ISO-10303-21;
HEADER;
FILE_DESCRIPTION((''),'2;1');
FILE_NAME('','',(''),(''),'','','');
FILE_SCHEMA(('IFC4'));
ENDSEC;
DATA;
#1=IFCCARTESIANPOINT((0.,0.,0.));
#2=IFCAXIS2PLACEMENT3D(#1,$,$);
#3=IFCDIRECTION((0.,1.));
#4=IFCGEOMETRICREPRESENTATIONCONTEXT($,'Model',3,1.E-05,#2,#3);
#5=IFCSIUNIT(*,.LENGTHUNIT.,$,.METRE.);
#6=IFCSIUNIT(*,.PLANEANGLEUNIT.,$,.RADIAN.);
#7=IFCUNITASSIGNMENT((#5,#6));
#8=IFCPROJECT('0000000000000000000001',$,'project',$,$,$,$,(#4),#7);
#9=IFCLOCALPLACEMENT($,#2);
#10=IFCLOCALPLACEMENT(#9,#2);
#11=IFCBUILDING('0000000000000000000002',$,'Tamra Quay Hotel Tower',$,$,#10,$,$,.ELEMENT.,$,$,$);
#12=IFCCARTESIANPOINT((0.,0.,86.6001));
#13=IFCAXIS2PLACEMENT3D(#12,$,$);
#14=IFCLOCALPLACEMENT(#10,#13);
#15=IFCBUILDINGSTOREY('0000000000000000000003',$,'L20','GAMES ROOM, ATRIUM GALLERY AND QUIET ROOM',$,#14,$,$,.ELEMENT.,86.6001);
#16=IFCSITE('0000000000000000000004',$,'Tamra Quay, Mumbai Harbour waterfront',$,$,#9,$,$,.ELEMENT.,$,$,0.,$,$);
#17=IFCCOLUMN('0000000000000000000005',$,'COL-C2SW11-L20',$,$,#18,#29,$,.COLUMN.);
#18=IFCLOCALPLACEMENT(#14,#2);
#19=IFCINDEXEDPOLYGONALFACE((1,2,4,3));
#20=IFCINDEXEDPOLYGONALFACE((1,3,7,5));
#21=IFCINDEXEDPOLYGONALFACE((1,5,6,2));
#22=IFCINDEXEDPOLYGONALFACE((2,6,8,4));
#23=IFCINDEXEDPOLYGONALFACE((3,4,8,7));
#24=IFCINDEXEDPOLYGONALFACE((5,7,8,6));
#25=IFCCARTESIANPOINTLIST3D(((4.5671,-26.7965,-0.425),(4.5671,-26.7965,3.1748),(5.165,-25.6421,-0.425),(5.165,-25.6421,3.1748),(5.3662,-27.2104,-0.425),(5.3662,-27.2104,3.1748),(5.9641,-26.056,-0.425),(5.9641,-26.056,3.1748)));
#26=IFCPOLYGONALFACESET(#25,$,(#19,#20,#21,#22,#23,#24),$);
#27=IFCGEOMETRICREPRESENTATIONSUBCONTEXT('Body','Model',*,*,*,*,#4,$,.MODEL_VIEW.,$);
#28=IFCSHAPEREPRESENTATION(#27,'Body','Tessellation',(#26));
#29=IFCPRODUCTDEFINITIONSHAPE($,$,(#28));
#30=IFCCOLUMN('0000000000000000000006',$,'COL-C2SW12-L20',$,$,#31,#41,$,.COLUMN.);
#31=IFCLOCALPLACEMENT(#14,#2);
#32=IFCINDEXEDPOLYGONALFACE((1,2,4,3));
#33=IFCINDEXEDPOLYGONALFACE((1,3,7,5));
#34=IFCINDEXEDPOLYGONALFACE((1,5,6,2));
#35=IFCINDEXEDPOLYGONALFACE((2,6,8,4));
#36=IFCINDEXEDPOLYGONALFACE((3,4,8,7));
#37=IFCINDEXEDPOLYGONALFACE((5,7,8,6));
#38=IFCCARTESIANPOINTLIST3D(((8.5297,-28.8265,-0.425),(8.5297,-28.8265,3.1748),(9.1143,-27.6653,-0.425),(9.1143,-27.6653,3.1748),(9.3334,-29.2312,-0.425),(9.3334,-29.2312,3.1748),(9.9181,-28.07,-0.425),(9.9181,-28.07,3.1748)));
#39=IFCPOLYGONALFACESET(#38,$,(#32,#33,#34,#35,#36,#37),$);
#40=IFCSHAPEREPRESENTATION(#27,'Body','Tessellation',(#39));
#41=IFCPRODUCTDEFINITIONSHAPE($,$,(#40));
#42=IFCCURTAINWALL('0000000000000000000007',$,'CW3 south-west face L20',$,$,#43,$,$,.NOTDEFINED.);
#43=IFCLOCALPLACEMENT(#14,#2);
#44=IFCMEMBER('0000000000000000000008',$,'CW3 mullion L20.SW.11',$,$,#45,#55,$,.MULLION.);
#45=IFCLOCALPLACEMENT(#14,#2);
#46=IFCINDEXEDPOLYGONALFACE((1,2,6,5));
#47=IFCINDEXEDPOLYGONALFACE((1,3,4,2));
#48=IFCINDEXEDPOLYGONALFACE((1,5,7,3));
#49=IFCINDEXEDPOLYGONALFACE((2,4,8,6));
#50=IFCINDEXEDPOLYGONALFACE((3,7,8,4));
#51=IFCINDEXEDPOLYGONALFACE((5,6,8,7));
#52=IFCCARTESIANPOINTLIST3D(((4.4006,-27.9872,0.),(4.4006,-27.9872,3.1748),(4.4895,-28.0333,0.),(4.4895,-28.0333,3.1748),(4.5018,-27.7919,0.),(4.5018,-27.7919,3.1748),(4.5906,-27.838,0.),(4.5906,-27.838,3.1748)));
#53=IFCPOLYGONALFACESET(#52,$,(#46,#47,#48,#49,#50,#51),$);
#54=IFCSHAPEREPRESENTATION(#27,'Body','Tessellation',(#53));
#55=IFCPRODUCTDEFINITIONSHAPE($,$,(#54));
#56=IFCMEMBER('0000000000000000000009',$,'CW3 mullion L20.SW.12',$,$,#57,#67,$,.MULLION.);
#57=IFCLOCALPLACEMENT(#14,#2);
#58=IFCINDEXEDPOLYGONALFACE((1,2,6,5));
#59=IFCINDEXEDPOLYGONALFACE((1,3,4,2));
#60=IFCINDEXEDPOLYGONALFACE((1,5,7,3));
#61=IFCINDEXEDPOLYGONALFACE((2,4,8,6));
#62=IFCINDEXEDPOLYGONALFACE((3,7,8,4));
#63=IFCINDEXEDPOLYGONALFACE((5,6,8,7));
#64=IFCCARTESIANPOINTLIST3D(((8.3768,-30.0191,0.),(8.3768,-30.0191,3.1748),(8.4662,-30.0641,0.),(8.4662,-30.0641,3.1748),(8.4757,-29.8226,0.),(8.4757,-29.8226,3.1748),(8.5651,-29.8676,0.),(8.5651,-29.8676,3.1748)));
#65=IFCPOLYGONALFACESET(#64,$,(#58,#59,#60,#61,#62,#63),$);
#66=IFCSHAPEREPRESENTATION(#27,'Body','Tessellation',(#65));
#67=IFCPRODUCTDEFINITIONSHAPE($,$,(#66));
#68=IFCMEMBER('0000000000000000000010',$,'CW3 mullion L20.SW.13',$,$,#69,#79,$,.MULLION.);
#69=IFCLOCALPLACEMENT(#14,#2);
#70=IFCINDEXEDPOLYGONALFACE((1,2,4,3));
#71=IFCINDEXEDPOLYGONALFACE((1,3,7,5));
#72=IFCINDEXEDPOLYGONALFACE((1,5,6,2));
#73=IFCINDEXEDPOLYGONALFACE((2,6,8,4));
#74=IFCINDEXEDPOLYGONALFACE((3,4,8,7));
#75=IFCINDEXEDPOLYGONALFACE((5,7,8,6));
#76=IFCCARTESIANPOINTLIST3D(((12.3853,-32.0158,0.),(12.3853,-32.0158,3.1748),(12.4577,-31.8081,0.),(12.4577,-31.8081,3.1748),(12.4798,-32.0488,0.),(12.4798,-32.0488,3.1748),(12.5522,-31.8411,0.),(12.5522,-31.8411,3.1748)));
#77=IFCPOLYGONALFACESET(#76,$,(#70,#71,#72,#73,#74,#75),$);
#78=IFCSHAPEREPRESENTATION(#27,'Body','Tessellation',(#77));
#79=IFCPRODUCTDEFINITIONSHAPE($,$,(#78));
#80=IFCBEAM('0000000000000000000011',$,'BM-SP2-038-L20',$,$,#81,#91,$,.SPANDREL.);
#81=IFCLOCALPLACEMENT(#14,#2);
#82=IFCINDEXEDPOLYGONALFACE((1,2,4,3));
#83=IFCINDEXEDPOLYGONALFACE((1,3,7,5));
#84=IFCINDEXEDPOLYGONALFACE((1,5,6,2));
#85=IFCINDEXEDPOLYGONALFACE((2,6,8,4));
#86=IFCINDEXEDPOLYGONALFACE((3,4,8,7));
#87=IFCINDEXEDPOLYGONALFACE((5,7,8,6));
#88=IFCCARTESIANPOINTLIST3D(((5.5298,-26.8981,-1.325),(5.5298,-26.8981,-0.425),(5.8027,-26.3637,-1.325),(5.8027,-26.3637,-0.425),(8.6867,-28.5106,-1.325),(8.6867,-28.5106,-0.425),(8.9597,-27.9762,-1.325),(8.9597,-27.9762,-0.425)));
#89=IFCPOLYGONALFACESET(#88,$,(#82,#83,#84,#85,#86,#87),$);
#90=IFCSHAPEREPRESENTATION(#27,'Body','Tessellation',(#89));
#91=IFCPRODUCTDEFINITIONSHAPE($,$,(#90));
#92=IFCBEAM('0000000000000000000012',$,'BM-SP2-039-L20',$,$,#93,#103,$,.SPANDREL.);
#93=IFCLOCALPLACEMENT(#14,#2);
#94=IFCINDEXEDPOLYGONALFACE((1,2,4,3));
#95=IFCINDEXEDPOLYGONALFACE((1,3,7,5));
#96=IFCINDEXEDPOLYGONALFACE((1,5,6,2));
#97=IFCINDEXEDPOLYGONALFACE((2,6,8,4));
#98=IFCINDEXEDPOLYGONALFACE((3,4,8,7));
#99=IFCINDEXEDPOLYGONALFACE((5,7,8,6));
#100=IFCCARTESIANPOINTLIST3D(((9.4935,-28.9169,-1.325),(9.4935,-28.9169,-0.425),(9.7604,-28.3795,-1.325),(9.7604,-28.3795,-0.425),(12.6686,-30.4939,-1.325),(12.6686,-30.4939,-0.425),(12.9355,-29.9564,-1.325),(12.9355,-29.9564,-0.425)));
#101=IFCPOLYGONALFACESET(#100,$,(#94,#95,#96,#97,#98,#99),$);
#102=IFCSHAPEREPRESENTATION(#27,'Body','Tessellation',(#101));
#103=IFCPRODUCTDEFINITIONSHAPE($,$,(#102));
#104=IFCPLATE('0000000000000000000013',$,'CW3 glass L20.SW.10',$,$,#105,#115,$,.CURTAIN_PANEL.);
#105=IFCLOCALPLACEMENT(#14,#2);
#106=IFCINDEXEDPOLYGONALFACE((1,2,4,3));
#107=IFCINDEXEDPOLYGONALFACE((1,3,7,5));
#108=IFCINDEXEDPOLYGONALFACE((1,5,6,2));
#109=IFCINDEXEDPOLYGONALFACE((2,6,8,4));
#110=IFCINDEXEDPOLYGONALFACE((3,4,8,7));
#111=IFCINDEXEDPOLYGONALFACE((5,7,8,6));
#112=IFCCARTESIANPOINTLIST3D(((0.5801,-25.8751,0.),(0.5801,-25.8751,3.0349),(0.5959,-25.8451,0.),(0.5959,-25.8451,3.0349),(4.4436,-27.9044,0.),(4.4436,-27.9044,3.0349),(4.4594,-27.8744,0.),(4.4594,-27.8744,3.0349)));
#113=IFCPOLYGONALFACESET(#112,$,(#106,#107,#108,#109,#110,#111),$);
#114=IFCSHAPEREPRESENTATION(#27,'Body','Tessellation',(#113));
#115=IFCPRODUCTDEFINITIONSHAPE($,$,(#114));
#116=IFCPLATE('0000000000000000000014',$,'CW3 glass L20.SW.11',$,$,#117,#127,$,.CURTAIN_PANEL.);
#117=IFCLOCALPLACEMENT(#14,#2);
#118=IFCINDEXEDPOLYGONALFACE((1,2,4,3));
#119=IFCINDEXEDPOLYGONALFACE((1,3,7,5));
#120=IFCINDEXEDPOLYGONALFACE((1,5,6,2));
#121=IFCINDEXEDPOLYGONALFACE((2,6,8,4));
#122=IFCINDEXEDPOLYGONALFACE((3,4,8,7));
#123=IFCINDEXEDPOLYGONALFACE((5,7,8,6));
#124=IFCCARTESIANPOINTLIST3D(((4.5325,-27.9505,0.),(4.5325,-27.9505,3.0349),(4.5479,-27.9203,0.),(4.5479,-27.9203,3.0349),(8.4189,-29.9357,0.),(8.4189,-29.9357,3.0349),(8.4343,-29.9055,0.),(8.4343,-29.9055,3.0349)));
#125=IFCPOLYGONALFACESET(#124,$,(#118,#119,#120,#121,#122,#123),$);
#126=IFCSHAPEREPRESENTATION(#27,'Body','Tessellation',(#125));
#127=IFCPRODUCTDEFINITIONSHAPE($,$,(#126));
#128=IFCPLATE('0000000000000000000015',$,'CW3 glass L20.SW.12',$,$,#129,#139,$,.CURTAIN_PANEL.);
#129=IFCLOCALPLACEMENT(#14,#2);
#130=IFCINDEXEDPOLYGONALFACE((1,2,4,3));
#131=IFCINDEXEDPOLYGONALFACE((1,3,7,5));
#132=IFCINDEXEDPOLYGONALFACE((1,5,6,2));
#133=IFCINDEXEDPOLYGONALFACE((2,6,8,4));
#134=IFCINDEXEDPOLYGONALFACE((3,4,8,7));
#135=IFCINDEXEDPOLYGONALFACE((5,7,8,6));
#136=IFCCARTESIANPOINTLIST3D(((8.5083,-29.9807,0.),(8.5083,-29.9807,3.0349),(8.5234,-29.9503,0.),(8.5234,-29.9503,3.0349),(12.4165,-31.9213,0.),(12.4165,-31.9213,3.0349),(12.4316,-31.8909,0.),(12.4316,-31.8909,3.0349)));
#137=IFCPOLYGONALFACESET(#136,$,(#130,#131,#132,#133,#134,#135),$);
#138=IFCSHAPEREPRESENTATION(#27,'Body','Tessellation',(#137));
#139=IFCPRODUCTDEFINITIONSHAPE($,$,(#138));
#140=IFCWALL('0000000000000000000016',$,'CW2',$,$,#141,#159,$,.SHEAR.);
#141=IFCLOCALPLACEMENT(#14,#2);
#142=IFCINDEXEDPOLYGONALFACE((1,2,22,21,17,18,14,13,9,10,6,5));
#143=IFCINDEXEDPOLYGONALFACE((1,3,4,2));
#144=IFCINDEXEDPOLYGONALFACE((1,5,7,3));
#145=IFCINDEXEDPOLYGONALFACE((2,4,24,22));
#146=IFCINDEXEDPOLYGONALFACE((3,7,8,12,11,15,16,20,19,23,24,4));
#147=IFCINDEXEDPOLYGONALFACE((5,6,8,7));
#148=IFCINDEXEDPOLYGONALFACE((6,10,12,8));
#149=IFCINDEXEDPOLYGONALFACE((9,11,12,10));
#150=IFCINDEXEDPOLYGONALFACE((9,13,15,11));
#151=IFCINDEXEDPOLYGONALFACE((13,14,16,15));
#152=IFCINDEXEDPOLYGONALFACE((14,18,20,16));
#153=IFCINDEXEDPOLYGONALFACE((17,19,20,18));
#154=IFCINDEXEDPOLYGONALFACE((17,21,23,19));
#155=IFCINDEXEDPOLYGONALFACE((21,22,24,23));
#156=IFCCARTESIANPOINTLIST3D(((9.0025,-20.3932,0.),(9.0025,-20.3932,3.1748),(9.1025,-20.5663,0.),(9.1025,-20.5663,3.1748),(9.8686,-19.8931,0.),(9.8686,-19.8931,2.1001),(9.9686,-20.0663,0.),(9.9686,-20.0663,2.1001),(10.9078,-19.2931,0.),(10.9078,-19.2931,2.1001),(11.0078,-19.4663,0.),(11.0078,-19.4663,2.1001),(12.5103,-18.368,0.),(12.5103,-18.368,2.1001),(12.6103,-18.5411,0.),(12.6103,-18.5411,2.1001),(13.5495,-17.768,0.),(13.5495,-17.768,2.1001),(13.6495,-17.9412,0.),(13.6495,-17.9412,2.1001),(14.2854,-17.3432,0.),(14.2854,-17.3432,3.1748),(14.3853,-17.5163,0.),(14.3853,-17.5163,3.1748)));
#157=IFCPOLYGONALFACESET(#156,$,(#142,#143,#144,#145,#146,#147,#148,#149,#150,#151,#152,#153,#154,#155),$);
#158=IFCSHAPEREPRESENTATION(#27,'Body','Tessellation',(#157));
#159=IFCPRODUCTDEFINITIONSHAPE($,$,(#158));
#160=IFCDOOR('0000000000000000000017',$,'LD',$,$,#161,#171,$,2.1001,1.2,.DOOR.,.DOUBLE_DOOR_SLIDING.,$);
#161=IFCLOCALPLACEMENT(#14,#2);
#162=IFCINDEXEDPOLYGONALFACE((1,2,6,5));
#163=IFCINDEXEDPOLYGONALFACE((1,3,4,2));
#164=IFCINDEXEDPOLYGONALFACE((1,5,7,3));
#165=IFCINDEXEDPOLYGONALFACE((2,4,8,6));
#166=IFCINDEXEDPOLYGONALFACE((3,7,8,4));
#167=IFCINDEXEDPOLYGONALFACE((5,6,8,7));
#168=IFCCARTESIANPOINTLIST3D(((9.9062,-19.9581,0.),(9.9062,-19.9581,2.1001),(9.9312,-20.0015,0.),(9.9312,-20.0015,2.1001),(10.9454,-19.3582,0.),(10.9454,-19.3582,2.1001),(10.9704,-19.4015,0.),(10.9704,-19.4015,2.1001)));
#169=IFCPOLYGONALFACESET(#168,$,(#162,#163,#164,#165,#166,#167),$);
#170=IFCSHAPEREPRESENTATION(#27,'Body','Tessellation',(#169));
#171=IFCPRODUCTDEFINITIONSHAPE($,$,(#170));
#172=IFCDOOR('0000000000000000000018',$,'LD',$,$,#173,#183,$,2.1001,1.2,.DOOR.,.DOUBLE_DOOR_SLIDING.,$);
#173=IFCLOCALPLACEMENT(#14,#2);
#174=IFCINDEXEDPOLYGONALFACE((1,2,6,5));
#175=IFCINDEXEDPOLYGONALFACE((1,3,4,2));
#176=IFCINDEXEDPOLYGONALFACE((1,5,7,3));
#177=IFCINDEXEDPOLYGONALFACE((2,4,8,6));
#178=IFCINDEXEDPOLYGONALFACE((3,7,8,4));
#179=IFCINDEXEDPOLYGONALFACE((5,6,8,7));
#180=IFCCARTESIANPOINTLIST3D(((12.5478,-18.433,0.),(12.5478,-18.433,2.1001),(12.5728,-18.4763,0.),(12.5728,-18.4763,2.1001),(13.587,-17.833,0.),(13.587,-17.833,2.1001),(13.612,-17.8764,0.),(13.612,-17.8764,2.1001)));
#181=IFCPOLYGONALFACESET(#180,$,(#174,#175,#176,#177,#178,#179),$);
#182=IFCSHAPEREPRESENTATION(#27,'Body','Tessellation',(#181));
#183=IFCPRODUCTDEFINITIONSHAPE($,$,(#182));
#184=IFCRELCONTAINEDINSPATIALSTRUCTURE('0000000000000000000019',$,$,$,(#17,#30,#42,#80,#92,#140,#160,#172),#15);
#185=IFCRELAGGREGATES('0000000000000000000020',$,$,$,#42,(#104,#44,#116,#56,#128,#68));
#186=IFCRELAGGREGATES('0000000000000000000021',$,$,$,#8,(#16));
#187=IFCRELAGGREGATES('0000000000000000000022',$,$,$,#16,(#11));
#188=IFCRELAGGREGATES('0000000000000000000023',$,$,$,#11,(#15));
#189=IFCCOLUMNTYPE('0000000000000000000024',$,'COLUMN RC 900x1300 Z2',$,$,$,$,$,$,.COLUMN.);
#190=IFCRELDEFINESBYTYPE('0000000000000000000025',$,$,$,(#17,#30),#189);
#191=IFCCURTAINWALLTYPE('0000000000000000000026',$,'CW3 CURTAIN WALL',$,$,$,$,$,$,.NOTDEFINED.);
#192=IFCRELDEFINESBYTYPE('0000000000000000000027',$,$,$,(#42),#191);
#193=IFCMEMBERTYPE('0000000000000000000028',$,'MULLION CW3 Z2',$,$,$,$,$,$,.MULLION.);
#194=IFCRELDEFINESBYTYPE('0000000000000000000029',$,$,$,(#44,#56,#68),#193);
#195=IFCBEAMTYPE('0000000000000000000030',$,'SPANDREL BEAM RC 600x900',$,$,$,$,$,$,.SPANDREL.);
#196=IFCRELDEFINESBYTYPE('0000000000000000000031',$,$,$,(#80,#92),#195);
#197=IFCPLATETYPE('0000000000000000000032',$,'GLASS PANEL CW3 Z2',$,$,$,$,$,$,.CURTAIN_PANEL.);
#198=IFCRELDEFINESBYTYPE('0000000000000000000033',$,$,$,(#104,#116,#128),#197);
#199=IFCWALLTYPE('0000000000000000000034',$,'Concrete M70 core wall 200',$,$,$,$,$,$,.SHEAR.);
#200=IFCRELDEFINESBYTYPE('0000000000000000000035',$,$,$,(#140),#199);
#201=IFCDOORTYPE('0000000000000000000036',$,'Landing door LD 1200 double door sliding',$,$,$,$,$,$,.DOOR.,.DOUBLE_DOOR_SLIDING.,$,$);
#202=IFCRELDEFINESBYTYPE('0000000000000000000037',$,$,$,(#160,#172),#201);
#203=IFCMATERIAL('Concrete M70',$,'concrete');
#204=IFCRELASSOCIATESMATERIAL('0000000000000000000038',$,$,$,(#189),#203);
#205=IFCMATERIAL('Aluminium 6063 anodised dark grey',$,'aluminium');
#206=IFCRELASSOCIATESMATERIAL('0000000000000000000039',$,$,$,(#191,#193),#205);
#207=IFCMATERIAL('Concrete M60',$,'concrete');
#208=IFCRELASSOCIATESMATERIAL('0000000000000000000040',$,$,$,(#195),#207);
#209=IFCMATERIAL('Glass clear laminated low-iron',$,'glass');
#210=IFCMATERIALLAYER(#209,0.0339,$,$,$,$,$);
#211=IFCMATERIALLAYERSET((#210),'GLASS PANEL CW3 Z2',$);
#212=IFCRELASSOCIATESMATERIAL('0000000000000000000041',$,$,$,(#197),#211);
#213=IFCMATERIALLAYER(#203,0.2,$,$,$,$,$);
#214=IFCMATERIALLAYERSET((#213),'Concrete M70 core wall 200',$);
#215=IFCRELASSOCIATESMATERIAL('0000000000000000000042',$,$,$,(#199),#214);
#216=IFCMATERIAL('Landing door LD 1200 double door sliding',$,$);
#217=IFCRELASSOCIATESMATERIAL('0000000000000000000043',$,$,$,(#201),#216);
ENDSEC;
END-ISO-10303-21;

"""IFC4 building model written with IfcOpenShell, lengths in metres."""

from ifc_helpers import new_model, si_unit, direction, frame, frame_2d, origin, origin_2d, place, context, subcontext, project, spatial, rectangle, extrude, material, layer, layer_set, material_profile, profile_set, type_object, element, fill, aggregate, save


model = new_model("IFC4")

# Units and contexts
model_context = context("Model", 3, precision=1e-05, world=origin(), true_north=direction((0.0, 1.0)))
body_context = subcontext(model_context, "Body", "Model", "MODEL_VIEW")
ifc_project = project(units=[si_unit("LENGTHUNIT", "METRE"), si_unit("PLANEANGLEUNIT", "RADIAN")], contexts=[model_context])

# Site, building, storey
site_placement = place(None, origin())
site = spatial("IfcSite", under=ifc_project, at=site_placement, Name="Tamra Quay, Mumbai Harbour waterfront", CompositionType="ELEMENT", RefElevation=0.0)
building_placement = place(site_placement, origin())
building = spatial("IfcBuilding", under=site, at=building_placement, Name="Tamra Quay Hotel Tower", CompositionType="ELEMENT")
storey_placement = place(building_placement, frame((0.0, 0.0, 86.6001)))
storey = spatial("IfcBuildingStorey", under=building, at=storey_placement, Name="L20", Description="GAMES ROOM, ATRIUM GALLERY AND QUIET ROOM", CompositionType="ELEMENT", Elevation=86.6001)

# Columns
ifc_material_1 = material(Name="Concrete M70", Category="concrete")
ifc_material_profile_1 = material_profile(ifc_material_1, rectangle(XDim=1.3, YDim=0.8999, at=origin_2d()), Name="COLUMN RC 900x1300 Z2")
ifc_profile_set_1 = profile_set([ifc_material_profile_1], Name="Concrete M70")
column_type = type_object("IfcColumnType", Name="COLUMN RC 900x1300 Z2", PredefinedType="COLUMN", material=ifc_profile_set_1)
for number, where, z_axis, x_axis, name in (
    (1, (5.2656, -26.4263, -0.425), (0.0, 0.0, 1.0), (0.45989, 0.887976, 0.0), "COL-C2SW11-L20"),
    (2, (9.2239, -28.4482, -0.425), (0.0, 0.0, 1.0), (0.449727, 0.893166, 0.0), "COL-C2SW12-L20"),
):
    element("IfcColumn", number, at=place(storey_placement, frame(where, z_axis=z_axis, x_axis=x_axis)), inside=storey, type_object=column_type, Name=name, PredefinedType="COLUMN", context=body_context, shape_type="SweptSolid", body=[
        extrude(rectangle(XDim=1.3, YDim=0.8999, at=origin_2d()), origin(), (0.0, 0.0, 1.0), 3.5999),
    ])

# Curtain wall, members
ifc_material_2 = material(Name="Aluminium 6063 anodised dark grey", Category="aluminium")
curtain_wall_type = type_object("IfcCurtainWallType", Name="CW3 CURTAIN WALL", PredefinedType="NOTDEFINED", material=ifc_material_2)
curtain_wall_placement = place(storey_placement, origin())
curtain_wall = element("IfcCurtainWall", 3, at=curtain_wall_placement, inside=storey, type_object=curtain_wall_type, Name="CW3 south-west face L20", PredefinedType="NOTDEFINED")
ifc_material_profile_2 = material_profile(ifc_material_2, rectangle(XDim=0.22, YDim=0.1001, at=origin_2d()), Name="MULLION 100X220")
ifc_profile_set_2 = profile_set([ifc_material_profile_2], Name="Aluminium 6063 anodised dark grey")
member_type = type_object("IfcMemberType", Name="MULLION CW3 Z2", PredefinedType="MULLION", material=ifc_profile_set_2)
member_1_placement = place(storey_placement, frame((4.4956, -27.9126, 0.0), z_axis=(0.0, 0.0, 1.0), x_axis=(-0.45996, -0.88794, 0.0)))
member_1 = element("IfcMember", 4, at=member_1_placement, type_object=member_type, Name="CW3 mullion L20.SW.11", PredefinedType="MULLION", context=body_context, shape_type="SweptSolid", body=[
    extrude(rectangle(XDim=0.22, YDim=0.1001, at=origin_2d()), origin(), (0.0, 0.0, 1.0), 3.1748),
])
member_2_placement = place(storey_placement, frame((8.4709, -29.9434, 0.0), z_axis=(0.0, 0.0, 1.0), x_axis=(-0.449827, -0.893116, 0.0)))
member_2 = element("IfcMember", 5, at=member_2_placement, type_object=member_type, Name="CW3 mullion L20.SW.12", PredefinedType="MULLION", context=body_context, shape_type="SweptSolid", body=[
    extrude(rectangle(XDim=0.22, YDim=0.1001, at=origin_2d()), origin(), (0.0, 0.0, 1.0), 3.1748),
])
member_3_placement = place(storey_placement, frame((12.4688, -31.9285, 0.0), z_axis=(0.0, 0.0, 1.0), x_axis=(-0.329532, -0.944144, 0.0)))
member_3 = element("IfcMember", 6, at=member_3_placement, type_object=member_type, Name="CW3 mullion L20.SW.13", PredefinedType="MULLION", context=body_context, shape_type="SweptSolid", body=[
    extrude(rectangle(XDim=0.22, YDim=0.1001, at=origin_2d()), origin(), (0.0, 0.0, 1.0), 3.1748),
])

# Beams
ifc_material_3 = material(Name="Concrete M60", Category="concrete")
ifc_material_profile_3 = material_profile(ifc_material_3, rectangle(XDim=0.6001, YDim=0.8999, at=origin_2d()), Name="SPANDREL BEAM RC 600x900")
ifc_profile_set_3 = profile_set([ifc_material_profile_3], Name="Concrete M60")
beam_type = type_object("IfcBeamType", Name="SPANDREL BEAM RC 600x900", PredefinedType="SPANDREL", material=ifc_profile_set_3)
beam_1_placement = place(storey_placement, frame((5.6663, -26.6309, -0.875), z_axis=(0.890551, -0.454883, 0.0), x_axis=(0.454883, 0.890551, 0.0)))
element("IfcBeam", 7, at=beam_1_placement, inside=storey, type_object=beam_type, Name="BM-SP2-038-L20", PredefinedType="SPANDREL", context=body_context, shape_type="SweptSolid", body=[
    extrude(rectangle(XDim=0.6001, YDim=0.8999, at=origin_2d()), origin(), (0.0, 0.0, 1.0), 3.5449),
])
beam_2_placement = place(storey_placement, frame((9.627, -28.6482, -0.875), z_axis=(0.895622, -0.444815, 0.0), x_axis=(0.444815, 0.895622, 0.0)))
element("IfcBeam", 8, at=beam_2_placement, inside=storey, type_object=beam_type, Name="BM-SP2-039-L20", PredefinedType="SPANDREL", context=body_context, shape_type="SweptSolid", body=[
    extrude(rectangle(XDim=0.6001, YDim=0.8999, at=origin_2d()), origin(), (0.0, 0.0, 1.0), 3.5452),
])

# Plates
ifc_material_4 = material(Name="Glass clear laminated low-iron", Category="glass")
ifc_layer_1 = layer(ifc_material_4, 0.0339)
ifc_layer_set_1 = layer_set([ifc_layer_1], Name="GLASS PANEL CW3 Z2")
plate_type = type_object("IfcPlateType", Name="GLASS PANEL CW3 Z2", PredefinedType="CURTAIN_PANEL", material=ifc_layer_set_1)
plate_1_placement = place(storey_placement, frame((2.5198, -26.8748, 0.0), z_axis=(0.0, 0.0, 1.0), x_axis=(0.885306, -0.465009, 0.0)))
plate_1 = element("IfcPlate", 9, at=plate_1_placement, type_object=plate_type, Name="CW3 glass L20.SW.10", PredefinedType="CURTAIN_PANEL", context=body_context, shape_type="SweptSolid", body=[
    extrude(rectangle(XDim=4.364, YDim=0.0339, at=origin_2d()), origin(), (0.0, 0.0, 1.0), 3.0349),
])
plate_2_placement = place(storey_placement, frame((6.4834, -28.928, 0.0), z_axis=(0.0, 0.0, 1.0), x_axis=(0.890544, -0.454896, 0.0)))
plate_2 = element("IfcPlate", 10, at=plate_2_placement, type_object=plate_type, Name="CW3 glass L20.SW.11", PredefinedType="CURTAIN_PANEL", context=body_context, shape_type="SweptSolid", body=[
    extrude(rectangle(XDim=4.364, YDim=0.0339, at=origin_2d()), origin(), (0.0, 0.0, 1.0), 3.0349),
])
plate_3_placement = place(storey_placement, frame((10.47, -30.9358, 0.0), z_axis=(0.0, 0.0, 1.0), x_axis=(0.895658, -0.444743, 0.0)))
plate_3 = element("IfcPlate", 11, at=plate_3_placement, type_object=plate_type, Name="CW3 glass L20.SW.12", PredefinedType="CURTAIN_PANEL", context=body_context, shape_type="SweptSolid", body=[
    extrude(rectangle(XDim=4.3635, YDim=0.0339, at=origin_2d()), origin(), (0.0, 0.0, 1.0), 3.0349),
])
aggregate(curtain_wall, [plate_1, member_1, plate_2, member_2, plate_3, member_3])

# Wall, openings, doors
ifc_layer_2 = layer(ifc_material_1, 0.2)
ifc_layer_set_2 = layer_set([ifc_layer_2], Name="Concrete M70 core wall 200")
wall_type_1 = type_object("IfcWallType", Name="Concrete M70 core wall 200", PredefinedType="SHEAR", material=ifc_layer_set_2)
wall_1_placement = place(storey_placement, frame((9.0525, -20.4797, 0.0), z_axis=(0.0, 0.0, 1.0), x_axis=(0.86603, 0.499992, 0.0)))
wall_1 = element("IfcWall", 12, at=wall_1_placement, inside=storey, type_object=wall_type_1, Name="CW2", PredefinedType="SHEAR", context=body_context, shape_type="SweptSolid", body=[
    extrude(rectangle(XDim=6.1001, YDim=0.2, at=frame_2d((3.05, 0.0))), origin(), (0.0, 0.0, 1.0), 3.1748),
])
opening_1_placement = place(wall_1_placement, frame((1.0, 0.0, 0.0)))
opening_1 = element("IfcOpeningElement", 13, at=opening_1_placement, cuts=wall_1, PredefinedType="OPENING", context=body_context, shape_type="SweptSolid", body=[
    extrude(rectangle(XDim=1.2, YDim=2.1001, at=frame_2d((0.6001, 1.05))), frame((0.0, 0.1099, 0.0), z_axis=(0.0, -1.0, 0.0), x_axis=(1.0, 0.0, 0.0)), (0.0, 0.0, 1.0), 0.22),
])
opening_2_placement = place(wall_1_placement, frame((4.0503, 0.0, 0.0)))
opening_2 = element("IfcOpeningElement", 14, at=opening_2_placement, cuts=wall_1, PredefinedType="OPENING", context=body_context, shape_type="SweptSolid", body=[
    extrude(rectangle(XDim=1.2, YDim=2.1001, at=frame_2d((0.6001, 1.05))), frame((0.0, 0.1099, 0.0), z_axis=(0.0, -1.0, 0.0), x_axis=(1.0, 0.0, 0.0)), (0.0, 0.0, 1.0), 0.22),
])
ifc_material_5 = material(Name="Landing door LD 1200 double door sliding")
door_type_1 = type_object("IfcDoorType", Name="Landing door LD 1200 double door sliding", OperationType="DOUBLE_DOOR_SLIDING", PredefinedType="DOOR", material=ifc_material_5)
door_1_placement = place(opening_1_placement, origin())
door_1 = element("IfcDoor", 15, at=door_1_placement, inside=storey, type_object=door_type_1, Name="LD", OperationType="DOUBLE_DOOR_SLIDING", OverallHeight=2.1001, OverallWidth=1.2, PredefinedType="DOOR", context=body_context, shape_type="SweptSolid", body=[
    extrude(rectangle(XDim=1.2, YDim=2.1001, at=frame_2d((0.6001, 1.05))), frame((0.0, 0.0249, 0.0), z_axis=(0.0, -1.0, 0.0), x_axis=(1.0, 0.0, 0.0)), (0.0, 0.0, 1.0), 0.05),
])
fill(opening_1, door_1)
door_2_placement = place(opening_2_placement, origin())
door_2 = element("IfcDoor", 16, at=door_2_placement, inside=storey, type_object=door_type_1, Name="LD", OperationType="DOUBLE_DOOR_SLIDING", OverallHeight=2.1001, OverallWidth=1.2, PredefinedType="DOOR", context=body_context, shape_type="SweptSolid", body=[
    extrude(rectangle(XDim=1.2, YDim=2.1001, at=frame_2d((0.6001, 1.05))), frame((0.0, 0.0249, 0.0), z_axis=(0.0, -1.0, 0.0), x_axis=(1.0, 0.0, 0.0)), (0.0, 0.0, 1.0), 0.05),
])
fill(opening_2, door_2)

save(model, "model.ifc")
